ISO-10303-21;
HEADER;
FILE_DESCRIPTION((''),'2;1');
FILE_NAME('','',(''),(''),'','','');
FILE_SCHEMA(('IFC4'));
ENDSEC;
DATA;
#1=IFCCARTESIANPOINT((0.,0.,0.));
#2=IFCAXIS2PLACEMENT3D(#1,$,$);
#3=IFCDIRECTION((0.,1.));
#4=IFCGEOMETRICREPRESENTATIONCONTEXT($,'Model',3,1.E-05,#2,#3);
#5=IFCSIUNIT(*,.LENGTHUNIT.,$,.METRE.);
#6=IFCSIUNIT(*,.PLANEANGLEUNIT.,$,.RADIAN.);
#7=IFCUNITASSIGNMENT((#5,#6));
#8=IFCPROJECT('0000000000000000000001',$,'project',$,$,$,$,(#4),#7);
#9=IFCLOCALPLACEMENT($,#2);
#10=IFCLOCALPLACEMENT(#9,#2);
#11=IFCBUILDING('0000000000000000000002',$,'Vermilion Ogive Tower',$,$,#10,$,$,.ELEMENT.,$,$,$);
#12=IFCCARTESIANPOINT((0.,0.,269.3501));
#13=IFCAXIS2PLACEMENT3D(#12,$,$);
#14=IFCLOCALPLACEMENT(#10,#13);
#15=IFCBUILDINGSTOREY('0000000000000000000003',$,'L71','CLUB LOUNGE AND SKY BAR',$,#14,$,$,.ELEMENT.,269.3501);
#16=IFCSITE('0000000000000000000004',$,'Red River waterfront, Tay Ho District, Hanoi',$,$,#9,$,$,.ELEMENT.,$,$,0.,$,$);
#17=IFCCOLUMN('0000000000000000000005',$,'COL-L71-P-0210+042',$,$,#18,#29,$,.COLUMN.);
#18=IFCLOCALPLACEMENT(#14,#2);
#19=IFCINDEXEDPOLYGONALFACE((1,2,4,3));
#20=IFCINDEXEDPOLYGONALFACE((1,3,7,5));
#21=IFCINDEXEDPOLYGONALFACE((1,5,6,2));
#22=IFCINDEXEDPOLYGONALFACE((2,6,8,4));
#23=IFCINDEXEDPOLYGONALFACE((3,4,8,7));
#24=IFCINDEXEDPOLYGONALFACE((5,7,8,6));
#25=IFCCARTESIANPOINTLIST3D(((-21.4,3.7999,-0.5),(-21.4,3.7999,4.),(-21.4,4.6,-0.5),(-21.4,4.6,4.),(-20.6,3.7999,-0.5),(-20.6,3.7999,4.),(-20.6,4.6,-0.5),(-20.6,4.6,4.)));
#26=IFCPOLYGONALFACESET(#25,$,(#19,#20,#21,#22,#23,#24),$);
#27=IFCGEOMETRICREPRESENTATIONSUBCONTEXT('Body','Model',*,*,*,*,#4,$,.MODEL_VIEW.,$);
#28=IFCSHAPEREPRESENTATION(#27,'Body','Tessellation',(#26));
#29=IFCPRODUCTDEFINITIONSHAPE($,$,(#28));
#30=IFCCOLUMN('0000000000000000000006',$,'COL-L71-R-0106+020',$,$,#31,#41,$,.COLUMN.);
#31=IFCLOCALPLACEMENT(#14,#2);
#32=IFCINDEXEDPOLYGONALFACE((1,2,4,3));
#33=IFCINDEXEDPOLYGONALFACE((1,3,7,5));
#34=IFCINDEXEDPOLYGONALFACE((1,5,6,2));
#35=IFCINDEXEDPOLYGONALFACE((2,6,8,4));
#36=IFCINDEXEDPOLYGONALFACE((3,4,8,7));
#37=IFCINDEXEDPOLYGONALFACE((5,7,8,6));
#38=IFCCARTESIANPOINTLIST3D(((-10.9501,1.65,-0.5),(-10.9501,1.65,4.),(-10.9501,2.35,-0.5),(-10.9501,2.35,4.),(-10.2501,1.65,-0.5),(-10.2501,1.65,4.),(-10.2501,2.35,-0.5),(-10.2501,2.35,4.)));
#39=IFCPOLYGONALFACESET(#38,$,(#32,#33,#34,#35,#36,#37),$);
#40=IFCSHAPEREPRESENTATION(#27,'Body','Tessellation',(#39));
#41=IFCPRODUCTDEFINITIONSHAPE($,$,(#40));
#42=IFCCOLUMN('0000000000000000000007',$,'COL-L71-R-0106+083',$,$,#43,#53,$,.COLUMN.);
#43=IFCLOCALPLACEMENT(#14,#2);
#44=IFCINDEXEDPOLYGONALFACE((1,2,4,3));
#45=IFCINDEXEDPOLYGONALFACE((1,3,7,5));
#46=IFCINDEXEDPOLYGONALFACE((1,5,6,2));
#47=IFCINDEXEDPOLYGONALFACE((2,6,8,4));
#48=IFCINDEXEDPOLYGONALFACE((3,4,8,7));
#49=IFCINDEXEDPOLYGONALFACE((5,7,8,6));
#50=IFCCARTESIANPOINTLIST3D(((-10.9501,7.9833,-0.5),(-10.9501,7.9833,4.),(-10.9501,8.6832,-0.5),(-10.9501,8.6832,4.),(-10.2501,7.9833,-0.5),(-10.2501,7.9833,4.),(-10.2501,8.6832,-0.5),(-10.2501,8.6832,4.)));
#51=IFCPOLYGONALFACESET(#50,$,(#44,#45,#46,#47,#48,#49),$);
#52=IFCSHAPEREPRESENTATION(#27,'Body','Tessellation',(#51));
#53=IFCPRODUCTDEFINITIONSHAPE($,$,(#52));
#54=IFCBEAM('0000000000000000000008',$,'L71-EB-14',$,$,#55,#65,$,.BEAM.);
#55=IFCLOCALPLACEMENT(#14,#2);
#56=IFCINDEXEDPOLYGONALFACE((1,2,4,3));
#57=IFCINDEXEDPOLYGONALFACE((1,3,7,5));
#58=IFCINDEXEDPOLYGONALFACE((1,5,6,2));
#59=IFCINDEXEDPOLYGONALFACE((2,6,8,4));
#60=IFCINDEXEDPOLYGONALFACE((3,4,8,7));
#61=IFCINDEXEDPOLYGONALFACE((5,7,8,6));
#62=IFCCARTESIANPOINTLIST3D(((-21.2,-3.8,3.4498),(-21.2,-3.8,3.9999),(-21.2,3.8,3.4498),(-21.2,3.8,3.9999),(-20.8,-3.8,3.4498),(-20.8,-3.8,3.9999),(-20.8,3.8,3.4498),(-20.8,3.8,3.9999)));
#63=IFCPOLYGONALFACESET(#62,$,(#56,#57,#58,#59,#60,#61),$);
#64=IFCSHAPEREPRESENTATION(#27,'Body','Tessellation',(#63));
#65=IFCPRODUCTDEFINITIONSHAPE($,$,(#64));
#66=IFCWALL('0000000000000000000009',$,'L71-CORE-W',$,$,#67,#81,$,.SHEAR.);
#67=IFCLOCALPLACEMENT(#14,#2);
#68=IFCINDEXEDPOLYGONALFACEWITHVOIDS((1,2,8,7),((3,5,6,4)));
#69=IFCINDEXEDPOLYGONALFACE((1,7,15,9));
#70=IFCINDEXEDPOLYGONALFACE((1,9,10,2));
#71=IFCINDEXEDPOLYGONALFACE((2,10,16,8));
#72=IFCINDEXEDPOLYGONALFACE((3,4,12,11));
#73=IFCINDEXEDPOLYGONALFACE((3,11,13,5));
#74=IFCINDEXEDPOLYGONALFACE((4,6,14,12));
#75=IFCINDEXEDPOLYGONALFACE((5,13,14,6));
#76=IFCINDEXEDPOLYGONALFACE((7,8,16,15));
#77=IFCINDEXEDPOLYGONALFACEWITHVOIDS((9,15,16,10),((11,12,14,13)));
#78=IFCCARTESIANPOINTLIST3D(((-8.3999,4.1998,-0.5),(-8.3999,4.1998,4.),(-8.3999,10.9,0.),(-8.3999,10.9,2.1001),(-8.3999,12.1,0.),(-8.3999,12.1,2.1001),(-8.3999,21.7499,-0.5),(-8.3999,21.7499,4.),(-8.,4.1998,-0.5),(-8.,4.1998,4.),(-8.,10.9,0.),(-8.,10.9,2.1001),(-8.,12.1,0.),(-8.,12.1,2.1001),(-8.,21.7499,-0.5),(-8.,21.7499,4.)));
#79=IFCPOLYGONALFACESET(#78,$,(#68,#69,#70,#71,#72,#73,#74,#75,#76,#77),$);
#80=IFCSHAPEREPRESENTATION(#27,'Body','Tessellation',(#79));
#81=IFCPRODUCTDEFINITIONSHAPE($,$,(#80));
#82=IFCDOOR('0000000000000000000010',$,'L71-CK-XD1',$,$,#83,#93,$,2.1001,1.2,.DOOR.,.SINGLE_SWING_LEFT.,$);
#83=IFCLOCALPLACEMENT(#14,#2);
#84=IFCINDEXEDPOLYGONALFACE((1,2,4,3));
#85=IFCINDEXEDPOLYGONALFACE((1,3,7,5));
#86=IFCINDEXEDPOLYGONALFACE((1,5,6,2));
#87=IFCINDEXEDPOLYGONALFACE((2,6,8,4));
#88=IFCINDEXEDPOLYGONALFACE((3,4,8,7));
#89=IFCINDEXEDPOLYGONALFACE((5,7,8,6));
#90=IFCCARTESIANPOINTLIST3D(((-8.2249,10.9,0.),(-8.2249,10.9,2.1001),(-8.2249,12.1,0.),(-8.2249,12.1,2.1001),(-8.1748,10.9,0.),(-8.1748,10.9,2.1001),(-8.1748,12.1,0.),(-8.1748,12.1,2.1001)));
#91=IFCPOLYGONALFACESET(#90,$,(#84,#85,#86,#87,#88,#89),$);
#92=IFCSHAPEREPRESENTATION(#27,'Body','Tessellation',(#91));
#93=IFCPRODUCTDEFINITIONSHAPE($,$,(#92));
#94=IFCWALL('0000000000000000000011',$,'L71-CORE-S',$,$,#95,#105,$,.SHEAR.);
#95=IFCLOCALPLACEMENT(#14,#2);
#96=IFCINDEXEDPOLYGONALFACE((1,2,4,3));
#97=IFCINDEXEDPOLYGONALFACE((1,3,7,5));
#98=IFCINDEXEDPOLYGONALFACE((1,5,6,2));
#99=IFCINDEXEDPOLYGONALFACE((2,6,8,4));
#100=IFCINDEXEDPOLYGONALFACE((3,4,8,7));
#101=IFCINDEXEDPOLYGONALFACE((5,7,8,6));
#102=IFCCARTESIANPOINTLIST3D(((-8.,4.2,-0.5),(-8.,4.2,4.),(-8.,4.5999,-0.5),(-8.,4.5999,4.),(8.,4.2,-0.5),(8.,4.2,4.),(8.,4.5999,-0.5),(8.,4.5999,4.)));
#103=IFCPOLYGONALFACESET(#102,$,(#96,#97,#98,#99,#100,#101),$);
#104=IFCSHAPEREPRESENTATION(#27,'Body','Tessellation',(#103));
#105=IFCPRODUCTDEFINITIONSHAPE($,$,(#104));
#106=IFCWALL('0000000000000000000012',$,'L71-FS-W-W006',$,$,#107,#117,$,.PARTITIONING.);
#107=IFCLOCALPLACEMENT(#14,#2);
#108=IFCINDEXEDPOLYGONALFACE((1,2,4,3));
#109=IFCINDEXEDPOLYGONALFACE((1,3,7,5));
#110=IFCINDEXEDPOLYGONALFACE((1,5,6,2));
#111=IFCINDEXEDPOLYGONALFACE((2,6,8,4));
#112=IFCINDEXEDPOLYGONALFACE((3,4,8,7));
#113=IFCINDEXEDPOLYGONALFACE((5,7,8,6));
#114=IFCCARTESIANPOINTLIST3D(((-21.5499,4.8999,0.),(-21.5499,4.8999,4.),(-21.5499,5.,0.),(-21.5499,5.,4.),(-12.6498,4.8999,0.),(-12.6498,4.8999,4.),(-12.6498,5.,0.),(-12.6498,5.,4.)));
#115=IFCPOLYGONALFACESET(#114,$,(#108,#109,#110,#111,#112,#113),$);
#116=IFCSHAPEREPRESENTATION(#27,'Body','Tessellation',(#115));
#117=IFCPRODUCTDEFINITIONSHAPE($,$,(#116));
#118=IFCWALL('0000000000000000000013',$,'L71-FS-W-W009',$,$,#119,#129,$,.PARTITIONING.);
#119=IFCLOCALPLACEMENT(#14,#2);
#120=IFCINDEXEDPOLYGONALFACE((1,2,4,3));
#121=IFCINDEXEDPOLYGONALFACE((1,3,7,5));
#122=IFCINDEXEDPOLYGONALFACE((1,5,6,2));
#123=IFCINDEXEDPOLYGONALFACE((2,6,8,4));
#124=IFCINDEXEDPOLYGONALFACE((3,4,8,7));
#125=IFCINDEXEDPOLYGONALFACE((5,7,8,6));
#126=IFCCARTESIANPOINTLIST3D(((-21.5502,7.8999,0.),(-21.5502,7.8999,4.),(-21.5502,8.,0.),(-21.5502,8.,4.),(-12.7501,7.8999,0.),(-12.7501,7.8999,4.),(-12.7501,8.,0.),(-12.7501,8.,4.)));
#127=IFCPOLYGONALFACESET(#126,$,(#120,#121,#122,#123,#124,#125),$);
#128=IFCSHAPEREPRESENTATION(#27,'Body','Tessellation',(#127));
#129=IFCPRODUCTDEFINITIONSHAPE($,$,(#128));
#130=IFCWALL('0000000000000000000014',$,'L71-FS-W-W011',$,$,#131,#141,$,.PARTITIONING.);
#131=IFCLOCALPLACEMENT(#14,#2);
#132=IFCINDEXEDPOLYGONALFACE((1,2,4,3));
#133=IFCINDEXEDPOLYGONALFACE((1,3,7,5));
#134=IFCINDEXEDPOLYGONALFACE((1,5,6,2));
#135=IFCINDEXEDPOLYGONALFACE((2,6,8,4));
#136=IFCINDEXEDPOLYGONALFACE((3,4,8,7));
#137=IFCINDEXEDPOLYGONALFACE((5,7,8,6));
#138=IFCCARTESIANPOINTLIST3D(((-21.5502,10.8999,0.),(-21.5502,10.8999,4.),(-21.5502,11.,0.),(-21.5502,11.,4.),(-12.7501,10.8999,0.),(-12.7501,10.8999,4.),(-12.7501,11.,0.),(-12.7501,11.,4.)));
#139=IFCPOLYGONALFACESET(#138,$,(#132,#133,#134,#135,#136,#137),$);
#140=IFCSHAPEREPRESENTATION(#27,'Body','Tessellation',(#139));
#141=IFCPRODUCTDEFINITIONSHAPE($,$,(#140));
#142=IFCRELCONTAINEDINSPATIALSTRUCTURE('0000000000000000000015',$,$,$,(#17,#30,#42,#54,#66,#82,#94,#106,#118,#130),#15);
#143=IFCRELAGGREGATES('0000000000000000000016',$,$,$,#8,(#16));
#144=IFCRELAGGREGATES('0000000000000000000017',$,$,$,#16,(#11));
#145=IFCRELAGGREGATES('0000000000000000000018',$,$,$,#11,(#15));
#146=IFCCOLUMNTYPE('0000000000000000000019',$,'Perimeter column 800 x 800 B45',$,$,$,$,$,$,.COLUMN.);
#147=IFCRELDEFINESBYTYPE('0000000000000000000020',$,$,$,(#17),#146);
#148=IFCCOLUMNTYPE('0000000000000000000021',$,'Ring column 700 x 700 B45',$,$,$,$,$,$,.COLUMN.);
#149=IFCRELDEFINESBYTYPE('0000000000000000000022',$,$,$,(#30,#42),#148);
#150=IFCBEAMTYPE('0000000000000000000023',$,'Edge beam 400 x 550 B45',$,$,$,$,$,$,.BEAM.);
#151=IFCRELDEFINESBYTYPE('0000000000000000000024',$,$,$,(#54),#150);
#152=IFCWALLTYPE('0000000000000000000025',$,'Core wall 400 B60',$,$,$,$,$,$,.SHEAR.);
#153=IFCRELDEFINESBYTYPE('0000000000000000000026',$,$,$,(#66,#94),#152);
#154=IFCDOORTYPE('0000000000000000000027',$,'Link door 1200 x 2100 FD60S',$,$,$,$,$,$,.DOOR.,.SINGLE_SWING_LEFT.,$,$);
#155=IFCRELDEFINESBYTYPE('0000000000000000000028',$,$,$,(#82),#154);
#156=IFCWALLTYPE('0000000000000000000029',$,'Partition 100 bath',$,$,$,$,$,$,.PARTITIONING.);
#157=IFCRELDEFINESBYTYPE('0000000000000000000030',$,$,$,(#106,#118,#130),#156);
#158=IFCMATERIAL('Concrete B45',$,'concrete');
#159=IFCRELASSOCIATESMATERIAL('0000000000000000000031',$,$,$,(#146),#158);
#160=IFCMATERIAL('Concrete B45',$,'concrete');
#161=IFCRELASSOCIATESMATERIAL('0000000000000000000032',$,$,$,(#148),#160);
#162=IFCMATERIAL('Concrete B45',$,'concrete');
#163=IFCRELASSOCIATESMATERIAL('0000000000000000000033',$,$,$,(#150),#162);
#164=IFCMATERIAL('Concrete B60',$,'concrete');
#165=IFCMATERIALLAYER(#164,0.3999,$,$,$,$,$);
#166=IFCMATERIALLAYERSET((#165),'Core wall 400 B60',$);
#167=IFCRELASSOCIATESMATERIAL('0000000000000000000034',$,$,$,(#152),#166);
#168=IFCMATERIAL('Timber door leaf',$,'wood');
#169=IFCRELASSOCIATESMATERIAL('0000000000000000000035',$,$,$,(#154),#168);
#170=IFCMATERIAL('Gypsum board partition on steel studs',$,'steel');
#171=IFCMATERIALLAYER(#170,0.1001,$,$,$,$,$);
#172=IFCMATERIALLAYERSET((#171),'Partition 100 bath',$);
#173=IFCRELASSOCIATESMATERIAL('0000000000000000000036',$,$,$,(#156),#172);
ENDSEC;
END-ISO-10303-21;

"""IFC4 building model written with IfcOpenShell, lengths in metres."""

from ifc_helpers import new_model, si_unit, direction, frame, frame_2d, origin, origin_2d, place, context, subcontext, project, spatial, rectangle, extrude, material, layer, layer_set, material_profile, profile_set, type_object, element, fill, save


model = new_model("IFC4")

# Units and contexts
model_context = context("Model", 3, precision=1e-05, world=origin(), true_north=direction((0.0, 1.0)))
body_context = subcontext(model_context, "Body", "Model", "MODEL_VIEW")
ifc_project = project(units=[si_unit("LENGTHUNIT", "METRE"), si_unit("PLANEANGLEUNIT", "RADIAN")], contexts=[model_context])

# Site, building, storey
site_placement = place(None, origin())
site = spatial("IfcSite", under=ifc_project, at=site_placement, Name="Red River waterfront, Tay Ho District, Hanoi", CompositionType="ELEMENT", RefElevation=0.0)
building_placement = place(site_placement, origin())
building = spatial("IfcBuilding", under=site, at=building_placement, Name="Vermilion Ogive Tower", CompositionType="ELEMENT")
storey_placement = place(building_placement, frame((0.0, 0.0, 269.3501)))
storey = spatial("IfcBuildingStorey", under=building, at=storey_placement, Name="L71", Description="CLUB LOUNGE AND SKY BAR", CompositionType="ELEMENT", Elevation=269.3501)

# Columns
ifc_material_1 = material(Name="Concrete B45", Category="concrete")
ifc_material_profile_1 = material_profile(ifc_material_1, rectangle(XDim=0.8, YDim=0.8, at=origin_2d()), Name="800 x 800")
ifc_profile_set_1 = profile_set([ifc_material_profile_1], Name="Concrete B45")
column_type_1 = type_object("IfcColumnType", Name="Perimeter column 800 x 800 B45", PredefinedType="COLUMN", material=ifc_profile_set_1)
column_placement = place(storey_placement, frame((-21.0, 4.2, -0.5), z_axis=(0.0, 0.0, 1.0), x_axis=(1.0, 0.0, 0.0)))
element("IfcColumn", 1, at=column_placement, inside=storey, type_object=column_type_1, Name="COL-L71-P-0210+042", PredefinedType="COLUMN", context=body_context, shape_type="SweptSolid", body=[
    extrude(rectangle(XDim=0.8, YDim=0.8, at=origin_2d()), origin(), (0.0, 0.0, 1.0), 4.5),
])
ifc_material_2 = material(Name="Concrete B45", Category="concrete")
ifc_material_profile_2 = material_profile(ifc_material_2, rectangle(XDim=0.7, YDim=0.7, at=origin_2d()), Name="700 x 700")
ifc_profile_set_2 = profile_set([ifc_material_profile_2], Name="Concrete B45")
column_type_2 = type_object("IfcColumnType", Name="Ring column 700 x 700 B45", PredefinedType="COLUMN", material=ifc_profile_set_2)
for number, where, z_axis, x_axis, name in (
    (2, (-10.6001, 2.0, -0.5), (0.0, 0.0, 1.0), (1.0, 0.0, 0.0), "COL-L71-R-0106+020"),
    (3, (-10.6001, 8.3333, -0.5), (0.0, 0.0, 1.0), (1.0, 0.0, 0.0), "COL-L71-R-0106+083"),
):
    element("IfcColumn", number, at=place(storey_placement, frame(where, z_axis=z_axis, x_axis=x_axis)), inside=storey, type_object=column_type_2, Name=name, PredefinedType="COLUMN", context=body_context, shape_type="SweptSolid", body=[
        extrude(rectangle(XDim=0.7, YDim=0.7, at=origin_2d()), origin(), (0.0, 0.0, 1.0), 4.5),
    ])

# Beam
ifc_material_3 = material(Name="Concrete B45", Category="concrete")
ifc_material_profile_3 = material_profile(ifc_material_3, rectangle(XDim=0.3999, YDim=0.55, at=origin_2d()), Name="400 x 550")
ifc_profile_set_3 = profile_set([ifc_material_profile_3], Name="Concrete B45")
beam_type = type_object("IfcBeamType", Name="Edge beam 400 x 550 B45", PredefinedType="BEAM", material=ifc_profile_set_3)
beam_placement = place(storey_placement, frame((-21.0, 3.8, 3.7249), z_axis=(0.0, -1.0, 0.0), x_axis=(1.0, 0.0, 0.0)))
element("IfcBeam", 4, at=beam_placement, inside=storey, type_object=beam_type, Name="L71-EB-14", PredefinedType="BEAM", context=body_context, shape_type="SweptSolid", body=[
    extrude(rectangle(XDim=0.3999, YDim=0.55, at=origin_2d()), origin(), (0.0, 0.0, 1.0), 7.6001),
])

# Wall, opening, door
ifc_material_4 = material(Name="Concrete B60", Category="concrete")
ifc_layer_1 = layer(ifc_material_4, 0.3999)
ifc_layer_set_1 = layer_set([ifc_layer_1], Name="Core wall 400 B60")
wall_type_1 = type_object("IfcWallType", Name="Core wall 400 B60", PredefinedType="SHEAR", material=ifc_layer_set_1)
wall_1_placement = place(storey_placement, frame((-8.2, 4.2, -0.5), z_axis=(0.0, 0.0, 1.0), x_axis=(0.0, 1.0, 0.0)))
wall_1 = element("IfcWall", 5, at=wall_1_placement, inside=storey, type_object=wall_type_1, Name="L71-CORE-W", PredefinedType="SHEAR", context=body_context, shape_type="SweptSolid", body=[
    extrude(rectangle(XDim=17.55, YDim=0.3999, at=frame_2d((8.7749, 0.0))), origin(), (0.0, 0.0, 1.0), 4.5),
])
opening_1_placement = place(wall_1_placement, frame((6.7, 0.0, 0.5)))
opening_1 = element("IfcOpeningElement", 6, at=opening_1_placement, cuts=wall_1, PredefinedType="OPENING", context=body_context, shape_type="SweptSolid", body=[
    extrude(rectangle(XDim=1.2, YDim=2.1001, at=frame_2d((0.6001, 1.05))), frame((0.0, 0.21, 0.0), z_axis=(0.0, -1.0, 0.0), x_axis=(1.0, 0.0, 0.0)), (0.0, 0.0, 1.0), 0.4199),
])
ifc_material_5 = material(Name="Timber door leaf", Category="wood")
door_type_1 = type_object("IfcDoorType", Name="Link door 1200 x 2100 FD60S", OperationType="SINGLE_SWING_LEFT", PredefinedType="DOOR", material=ifc_material_5)
door_1_placement = place(opening_1_placement, origin())
door_1 = element("IfcDoor", 7, at=door_1_placement, inside=storey, type_object=door_type_1, Name="L71-CK-XD1", OperationType="SINGLE_SWING_LEFT", OverallHeight=2.1001, OverallWidth=1.2, PredefinedType="DOOR", context=body_context, shape_type="SweptSolid", body=[
    extrude(rectangle(XDim=1.2, YDim=2.1001, at=frame_2d((0.6001, 1.05))), frame((0.0, 0.0249, 0.0), z_axis=(0.0, -1.0, 0.0), x_axis=(1.0, 0.0, 0.0)), (0.0, 0.0, 1.0), 0.05),
])
fill(opening_1, door_1)

# Walls
wall_2_placement = place(storey_placement, frame((-8.0, 4.3999, -0.5), z_axis=(0.0, 0.0, 1.0), x_axis=(1.0, 0.0, 0.0)))
element("IfcWall", 8, at=wall_2_placement, inside=storey, type_object=wall_type_1, Name="L71-CORE-S", PredefinedType="SHEAR", context=body_context, shape_type="SweptSolid", body=[
    extrude(rectangle(XDim=16.0, YDim=0.3999, at=frame_2d((8.0, 0.0))), origin(), (0.0, 0.0, 1.0), 4.5),
])
ifc_material_6 = material(Name="Gypsum board partition on steel studs", Category="steel")
ifc_layer_2 = layer(ifc_material_6, 0.1001)
ifc_layer_set_2 = layer_set([ifc_layer_2], Name="Partition 100 bath")
wall_type_2 = type_object("IfcWallType", Name="Partition 100 bath", PredefinedType="PARTITIONING", material=ifc_layer_set_2)
wall_3_placement = place(storey_placement, frame((-21.55, 4.95, 0.0), z_axis=(0.0, 0.0, 1.0), x_axis=(1.0, 0.0, 0.0)))
element("IfcWall", 9, at=wall_3_placement, inside=storey, type_object=wall_type_2, Name="L71-FS-W-W006", PredefinedType="PARTITIONING", context=body_context, shape_type="SweptSolid", body=[
    extrude(rectangle(XDim=8.9001, YDim=0.1001, at=frame_2d((4.4502, 0.0))), origin(), (0.0, 0.0, 1.0), 4.0),
])
for number, where, z_axis, x_axis, name in (
    (10, (-21.55, 7.95, 0.0), (0.0, 0.0, 1.0), (1.0, 0.0, 0.0), "L71-FS-W-W009"),
    (11, (-21.55, 10.95, 0.0), (0.0, 0.0, 1.0), (1.0, 0.0, 0.0), "L71-FS-W-W011"),
):
    element("IfcWall", number, at=place(storey_placement, frame(where, z_axis=z_axis, x_axis=x_axis)), inside=storey, type_object=wall_type_2, Name=name, PredefinedType="PARTITIONING", context=body_context, shape_type="SweptSolid", body=[
        extrude(rectangle(XDim=8.8, YDim=0.1001, at=frame_2d((4.3999, 0.0))), origin(), (0.0, 0.0, 1.0), 4.0),
    ])

save(model, "model.ifc")
